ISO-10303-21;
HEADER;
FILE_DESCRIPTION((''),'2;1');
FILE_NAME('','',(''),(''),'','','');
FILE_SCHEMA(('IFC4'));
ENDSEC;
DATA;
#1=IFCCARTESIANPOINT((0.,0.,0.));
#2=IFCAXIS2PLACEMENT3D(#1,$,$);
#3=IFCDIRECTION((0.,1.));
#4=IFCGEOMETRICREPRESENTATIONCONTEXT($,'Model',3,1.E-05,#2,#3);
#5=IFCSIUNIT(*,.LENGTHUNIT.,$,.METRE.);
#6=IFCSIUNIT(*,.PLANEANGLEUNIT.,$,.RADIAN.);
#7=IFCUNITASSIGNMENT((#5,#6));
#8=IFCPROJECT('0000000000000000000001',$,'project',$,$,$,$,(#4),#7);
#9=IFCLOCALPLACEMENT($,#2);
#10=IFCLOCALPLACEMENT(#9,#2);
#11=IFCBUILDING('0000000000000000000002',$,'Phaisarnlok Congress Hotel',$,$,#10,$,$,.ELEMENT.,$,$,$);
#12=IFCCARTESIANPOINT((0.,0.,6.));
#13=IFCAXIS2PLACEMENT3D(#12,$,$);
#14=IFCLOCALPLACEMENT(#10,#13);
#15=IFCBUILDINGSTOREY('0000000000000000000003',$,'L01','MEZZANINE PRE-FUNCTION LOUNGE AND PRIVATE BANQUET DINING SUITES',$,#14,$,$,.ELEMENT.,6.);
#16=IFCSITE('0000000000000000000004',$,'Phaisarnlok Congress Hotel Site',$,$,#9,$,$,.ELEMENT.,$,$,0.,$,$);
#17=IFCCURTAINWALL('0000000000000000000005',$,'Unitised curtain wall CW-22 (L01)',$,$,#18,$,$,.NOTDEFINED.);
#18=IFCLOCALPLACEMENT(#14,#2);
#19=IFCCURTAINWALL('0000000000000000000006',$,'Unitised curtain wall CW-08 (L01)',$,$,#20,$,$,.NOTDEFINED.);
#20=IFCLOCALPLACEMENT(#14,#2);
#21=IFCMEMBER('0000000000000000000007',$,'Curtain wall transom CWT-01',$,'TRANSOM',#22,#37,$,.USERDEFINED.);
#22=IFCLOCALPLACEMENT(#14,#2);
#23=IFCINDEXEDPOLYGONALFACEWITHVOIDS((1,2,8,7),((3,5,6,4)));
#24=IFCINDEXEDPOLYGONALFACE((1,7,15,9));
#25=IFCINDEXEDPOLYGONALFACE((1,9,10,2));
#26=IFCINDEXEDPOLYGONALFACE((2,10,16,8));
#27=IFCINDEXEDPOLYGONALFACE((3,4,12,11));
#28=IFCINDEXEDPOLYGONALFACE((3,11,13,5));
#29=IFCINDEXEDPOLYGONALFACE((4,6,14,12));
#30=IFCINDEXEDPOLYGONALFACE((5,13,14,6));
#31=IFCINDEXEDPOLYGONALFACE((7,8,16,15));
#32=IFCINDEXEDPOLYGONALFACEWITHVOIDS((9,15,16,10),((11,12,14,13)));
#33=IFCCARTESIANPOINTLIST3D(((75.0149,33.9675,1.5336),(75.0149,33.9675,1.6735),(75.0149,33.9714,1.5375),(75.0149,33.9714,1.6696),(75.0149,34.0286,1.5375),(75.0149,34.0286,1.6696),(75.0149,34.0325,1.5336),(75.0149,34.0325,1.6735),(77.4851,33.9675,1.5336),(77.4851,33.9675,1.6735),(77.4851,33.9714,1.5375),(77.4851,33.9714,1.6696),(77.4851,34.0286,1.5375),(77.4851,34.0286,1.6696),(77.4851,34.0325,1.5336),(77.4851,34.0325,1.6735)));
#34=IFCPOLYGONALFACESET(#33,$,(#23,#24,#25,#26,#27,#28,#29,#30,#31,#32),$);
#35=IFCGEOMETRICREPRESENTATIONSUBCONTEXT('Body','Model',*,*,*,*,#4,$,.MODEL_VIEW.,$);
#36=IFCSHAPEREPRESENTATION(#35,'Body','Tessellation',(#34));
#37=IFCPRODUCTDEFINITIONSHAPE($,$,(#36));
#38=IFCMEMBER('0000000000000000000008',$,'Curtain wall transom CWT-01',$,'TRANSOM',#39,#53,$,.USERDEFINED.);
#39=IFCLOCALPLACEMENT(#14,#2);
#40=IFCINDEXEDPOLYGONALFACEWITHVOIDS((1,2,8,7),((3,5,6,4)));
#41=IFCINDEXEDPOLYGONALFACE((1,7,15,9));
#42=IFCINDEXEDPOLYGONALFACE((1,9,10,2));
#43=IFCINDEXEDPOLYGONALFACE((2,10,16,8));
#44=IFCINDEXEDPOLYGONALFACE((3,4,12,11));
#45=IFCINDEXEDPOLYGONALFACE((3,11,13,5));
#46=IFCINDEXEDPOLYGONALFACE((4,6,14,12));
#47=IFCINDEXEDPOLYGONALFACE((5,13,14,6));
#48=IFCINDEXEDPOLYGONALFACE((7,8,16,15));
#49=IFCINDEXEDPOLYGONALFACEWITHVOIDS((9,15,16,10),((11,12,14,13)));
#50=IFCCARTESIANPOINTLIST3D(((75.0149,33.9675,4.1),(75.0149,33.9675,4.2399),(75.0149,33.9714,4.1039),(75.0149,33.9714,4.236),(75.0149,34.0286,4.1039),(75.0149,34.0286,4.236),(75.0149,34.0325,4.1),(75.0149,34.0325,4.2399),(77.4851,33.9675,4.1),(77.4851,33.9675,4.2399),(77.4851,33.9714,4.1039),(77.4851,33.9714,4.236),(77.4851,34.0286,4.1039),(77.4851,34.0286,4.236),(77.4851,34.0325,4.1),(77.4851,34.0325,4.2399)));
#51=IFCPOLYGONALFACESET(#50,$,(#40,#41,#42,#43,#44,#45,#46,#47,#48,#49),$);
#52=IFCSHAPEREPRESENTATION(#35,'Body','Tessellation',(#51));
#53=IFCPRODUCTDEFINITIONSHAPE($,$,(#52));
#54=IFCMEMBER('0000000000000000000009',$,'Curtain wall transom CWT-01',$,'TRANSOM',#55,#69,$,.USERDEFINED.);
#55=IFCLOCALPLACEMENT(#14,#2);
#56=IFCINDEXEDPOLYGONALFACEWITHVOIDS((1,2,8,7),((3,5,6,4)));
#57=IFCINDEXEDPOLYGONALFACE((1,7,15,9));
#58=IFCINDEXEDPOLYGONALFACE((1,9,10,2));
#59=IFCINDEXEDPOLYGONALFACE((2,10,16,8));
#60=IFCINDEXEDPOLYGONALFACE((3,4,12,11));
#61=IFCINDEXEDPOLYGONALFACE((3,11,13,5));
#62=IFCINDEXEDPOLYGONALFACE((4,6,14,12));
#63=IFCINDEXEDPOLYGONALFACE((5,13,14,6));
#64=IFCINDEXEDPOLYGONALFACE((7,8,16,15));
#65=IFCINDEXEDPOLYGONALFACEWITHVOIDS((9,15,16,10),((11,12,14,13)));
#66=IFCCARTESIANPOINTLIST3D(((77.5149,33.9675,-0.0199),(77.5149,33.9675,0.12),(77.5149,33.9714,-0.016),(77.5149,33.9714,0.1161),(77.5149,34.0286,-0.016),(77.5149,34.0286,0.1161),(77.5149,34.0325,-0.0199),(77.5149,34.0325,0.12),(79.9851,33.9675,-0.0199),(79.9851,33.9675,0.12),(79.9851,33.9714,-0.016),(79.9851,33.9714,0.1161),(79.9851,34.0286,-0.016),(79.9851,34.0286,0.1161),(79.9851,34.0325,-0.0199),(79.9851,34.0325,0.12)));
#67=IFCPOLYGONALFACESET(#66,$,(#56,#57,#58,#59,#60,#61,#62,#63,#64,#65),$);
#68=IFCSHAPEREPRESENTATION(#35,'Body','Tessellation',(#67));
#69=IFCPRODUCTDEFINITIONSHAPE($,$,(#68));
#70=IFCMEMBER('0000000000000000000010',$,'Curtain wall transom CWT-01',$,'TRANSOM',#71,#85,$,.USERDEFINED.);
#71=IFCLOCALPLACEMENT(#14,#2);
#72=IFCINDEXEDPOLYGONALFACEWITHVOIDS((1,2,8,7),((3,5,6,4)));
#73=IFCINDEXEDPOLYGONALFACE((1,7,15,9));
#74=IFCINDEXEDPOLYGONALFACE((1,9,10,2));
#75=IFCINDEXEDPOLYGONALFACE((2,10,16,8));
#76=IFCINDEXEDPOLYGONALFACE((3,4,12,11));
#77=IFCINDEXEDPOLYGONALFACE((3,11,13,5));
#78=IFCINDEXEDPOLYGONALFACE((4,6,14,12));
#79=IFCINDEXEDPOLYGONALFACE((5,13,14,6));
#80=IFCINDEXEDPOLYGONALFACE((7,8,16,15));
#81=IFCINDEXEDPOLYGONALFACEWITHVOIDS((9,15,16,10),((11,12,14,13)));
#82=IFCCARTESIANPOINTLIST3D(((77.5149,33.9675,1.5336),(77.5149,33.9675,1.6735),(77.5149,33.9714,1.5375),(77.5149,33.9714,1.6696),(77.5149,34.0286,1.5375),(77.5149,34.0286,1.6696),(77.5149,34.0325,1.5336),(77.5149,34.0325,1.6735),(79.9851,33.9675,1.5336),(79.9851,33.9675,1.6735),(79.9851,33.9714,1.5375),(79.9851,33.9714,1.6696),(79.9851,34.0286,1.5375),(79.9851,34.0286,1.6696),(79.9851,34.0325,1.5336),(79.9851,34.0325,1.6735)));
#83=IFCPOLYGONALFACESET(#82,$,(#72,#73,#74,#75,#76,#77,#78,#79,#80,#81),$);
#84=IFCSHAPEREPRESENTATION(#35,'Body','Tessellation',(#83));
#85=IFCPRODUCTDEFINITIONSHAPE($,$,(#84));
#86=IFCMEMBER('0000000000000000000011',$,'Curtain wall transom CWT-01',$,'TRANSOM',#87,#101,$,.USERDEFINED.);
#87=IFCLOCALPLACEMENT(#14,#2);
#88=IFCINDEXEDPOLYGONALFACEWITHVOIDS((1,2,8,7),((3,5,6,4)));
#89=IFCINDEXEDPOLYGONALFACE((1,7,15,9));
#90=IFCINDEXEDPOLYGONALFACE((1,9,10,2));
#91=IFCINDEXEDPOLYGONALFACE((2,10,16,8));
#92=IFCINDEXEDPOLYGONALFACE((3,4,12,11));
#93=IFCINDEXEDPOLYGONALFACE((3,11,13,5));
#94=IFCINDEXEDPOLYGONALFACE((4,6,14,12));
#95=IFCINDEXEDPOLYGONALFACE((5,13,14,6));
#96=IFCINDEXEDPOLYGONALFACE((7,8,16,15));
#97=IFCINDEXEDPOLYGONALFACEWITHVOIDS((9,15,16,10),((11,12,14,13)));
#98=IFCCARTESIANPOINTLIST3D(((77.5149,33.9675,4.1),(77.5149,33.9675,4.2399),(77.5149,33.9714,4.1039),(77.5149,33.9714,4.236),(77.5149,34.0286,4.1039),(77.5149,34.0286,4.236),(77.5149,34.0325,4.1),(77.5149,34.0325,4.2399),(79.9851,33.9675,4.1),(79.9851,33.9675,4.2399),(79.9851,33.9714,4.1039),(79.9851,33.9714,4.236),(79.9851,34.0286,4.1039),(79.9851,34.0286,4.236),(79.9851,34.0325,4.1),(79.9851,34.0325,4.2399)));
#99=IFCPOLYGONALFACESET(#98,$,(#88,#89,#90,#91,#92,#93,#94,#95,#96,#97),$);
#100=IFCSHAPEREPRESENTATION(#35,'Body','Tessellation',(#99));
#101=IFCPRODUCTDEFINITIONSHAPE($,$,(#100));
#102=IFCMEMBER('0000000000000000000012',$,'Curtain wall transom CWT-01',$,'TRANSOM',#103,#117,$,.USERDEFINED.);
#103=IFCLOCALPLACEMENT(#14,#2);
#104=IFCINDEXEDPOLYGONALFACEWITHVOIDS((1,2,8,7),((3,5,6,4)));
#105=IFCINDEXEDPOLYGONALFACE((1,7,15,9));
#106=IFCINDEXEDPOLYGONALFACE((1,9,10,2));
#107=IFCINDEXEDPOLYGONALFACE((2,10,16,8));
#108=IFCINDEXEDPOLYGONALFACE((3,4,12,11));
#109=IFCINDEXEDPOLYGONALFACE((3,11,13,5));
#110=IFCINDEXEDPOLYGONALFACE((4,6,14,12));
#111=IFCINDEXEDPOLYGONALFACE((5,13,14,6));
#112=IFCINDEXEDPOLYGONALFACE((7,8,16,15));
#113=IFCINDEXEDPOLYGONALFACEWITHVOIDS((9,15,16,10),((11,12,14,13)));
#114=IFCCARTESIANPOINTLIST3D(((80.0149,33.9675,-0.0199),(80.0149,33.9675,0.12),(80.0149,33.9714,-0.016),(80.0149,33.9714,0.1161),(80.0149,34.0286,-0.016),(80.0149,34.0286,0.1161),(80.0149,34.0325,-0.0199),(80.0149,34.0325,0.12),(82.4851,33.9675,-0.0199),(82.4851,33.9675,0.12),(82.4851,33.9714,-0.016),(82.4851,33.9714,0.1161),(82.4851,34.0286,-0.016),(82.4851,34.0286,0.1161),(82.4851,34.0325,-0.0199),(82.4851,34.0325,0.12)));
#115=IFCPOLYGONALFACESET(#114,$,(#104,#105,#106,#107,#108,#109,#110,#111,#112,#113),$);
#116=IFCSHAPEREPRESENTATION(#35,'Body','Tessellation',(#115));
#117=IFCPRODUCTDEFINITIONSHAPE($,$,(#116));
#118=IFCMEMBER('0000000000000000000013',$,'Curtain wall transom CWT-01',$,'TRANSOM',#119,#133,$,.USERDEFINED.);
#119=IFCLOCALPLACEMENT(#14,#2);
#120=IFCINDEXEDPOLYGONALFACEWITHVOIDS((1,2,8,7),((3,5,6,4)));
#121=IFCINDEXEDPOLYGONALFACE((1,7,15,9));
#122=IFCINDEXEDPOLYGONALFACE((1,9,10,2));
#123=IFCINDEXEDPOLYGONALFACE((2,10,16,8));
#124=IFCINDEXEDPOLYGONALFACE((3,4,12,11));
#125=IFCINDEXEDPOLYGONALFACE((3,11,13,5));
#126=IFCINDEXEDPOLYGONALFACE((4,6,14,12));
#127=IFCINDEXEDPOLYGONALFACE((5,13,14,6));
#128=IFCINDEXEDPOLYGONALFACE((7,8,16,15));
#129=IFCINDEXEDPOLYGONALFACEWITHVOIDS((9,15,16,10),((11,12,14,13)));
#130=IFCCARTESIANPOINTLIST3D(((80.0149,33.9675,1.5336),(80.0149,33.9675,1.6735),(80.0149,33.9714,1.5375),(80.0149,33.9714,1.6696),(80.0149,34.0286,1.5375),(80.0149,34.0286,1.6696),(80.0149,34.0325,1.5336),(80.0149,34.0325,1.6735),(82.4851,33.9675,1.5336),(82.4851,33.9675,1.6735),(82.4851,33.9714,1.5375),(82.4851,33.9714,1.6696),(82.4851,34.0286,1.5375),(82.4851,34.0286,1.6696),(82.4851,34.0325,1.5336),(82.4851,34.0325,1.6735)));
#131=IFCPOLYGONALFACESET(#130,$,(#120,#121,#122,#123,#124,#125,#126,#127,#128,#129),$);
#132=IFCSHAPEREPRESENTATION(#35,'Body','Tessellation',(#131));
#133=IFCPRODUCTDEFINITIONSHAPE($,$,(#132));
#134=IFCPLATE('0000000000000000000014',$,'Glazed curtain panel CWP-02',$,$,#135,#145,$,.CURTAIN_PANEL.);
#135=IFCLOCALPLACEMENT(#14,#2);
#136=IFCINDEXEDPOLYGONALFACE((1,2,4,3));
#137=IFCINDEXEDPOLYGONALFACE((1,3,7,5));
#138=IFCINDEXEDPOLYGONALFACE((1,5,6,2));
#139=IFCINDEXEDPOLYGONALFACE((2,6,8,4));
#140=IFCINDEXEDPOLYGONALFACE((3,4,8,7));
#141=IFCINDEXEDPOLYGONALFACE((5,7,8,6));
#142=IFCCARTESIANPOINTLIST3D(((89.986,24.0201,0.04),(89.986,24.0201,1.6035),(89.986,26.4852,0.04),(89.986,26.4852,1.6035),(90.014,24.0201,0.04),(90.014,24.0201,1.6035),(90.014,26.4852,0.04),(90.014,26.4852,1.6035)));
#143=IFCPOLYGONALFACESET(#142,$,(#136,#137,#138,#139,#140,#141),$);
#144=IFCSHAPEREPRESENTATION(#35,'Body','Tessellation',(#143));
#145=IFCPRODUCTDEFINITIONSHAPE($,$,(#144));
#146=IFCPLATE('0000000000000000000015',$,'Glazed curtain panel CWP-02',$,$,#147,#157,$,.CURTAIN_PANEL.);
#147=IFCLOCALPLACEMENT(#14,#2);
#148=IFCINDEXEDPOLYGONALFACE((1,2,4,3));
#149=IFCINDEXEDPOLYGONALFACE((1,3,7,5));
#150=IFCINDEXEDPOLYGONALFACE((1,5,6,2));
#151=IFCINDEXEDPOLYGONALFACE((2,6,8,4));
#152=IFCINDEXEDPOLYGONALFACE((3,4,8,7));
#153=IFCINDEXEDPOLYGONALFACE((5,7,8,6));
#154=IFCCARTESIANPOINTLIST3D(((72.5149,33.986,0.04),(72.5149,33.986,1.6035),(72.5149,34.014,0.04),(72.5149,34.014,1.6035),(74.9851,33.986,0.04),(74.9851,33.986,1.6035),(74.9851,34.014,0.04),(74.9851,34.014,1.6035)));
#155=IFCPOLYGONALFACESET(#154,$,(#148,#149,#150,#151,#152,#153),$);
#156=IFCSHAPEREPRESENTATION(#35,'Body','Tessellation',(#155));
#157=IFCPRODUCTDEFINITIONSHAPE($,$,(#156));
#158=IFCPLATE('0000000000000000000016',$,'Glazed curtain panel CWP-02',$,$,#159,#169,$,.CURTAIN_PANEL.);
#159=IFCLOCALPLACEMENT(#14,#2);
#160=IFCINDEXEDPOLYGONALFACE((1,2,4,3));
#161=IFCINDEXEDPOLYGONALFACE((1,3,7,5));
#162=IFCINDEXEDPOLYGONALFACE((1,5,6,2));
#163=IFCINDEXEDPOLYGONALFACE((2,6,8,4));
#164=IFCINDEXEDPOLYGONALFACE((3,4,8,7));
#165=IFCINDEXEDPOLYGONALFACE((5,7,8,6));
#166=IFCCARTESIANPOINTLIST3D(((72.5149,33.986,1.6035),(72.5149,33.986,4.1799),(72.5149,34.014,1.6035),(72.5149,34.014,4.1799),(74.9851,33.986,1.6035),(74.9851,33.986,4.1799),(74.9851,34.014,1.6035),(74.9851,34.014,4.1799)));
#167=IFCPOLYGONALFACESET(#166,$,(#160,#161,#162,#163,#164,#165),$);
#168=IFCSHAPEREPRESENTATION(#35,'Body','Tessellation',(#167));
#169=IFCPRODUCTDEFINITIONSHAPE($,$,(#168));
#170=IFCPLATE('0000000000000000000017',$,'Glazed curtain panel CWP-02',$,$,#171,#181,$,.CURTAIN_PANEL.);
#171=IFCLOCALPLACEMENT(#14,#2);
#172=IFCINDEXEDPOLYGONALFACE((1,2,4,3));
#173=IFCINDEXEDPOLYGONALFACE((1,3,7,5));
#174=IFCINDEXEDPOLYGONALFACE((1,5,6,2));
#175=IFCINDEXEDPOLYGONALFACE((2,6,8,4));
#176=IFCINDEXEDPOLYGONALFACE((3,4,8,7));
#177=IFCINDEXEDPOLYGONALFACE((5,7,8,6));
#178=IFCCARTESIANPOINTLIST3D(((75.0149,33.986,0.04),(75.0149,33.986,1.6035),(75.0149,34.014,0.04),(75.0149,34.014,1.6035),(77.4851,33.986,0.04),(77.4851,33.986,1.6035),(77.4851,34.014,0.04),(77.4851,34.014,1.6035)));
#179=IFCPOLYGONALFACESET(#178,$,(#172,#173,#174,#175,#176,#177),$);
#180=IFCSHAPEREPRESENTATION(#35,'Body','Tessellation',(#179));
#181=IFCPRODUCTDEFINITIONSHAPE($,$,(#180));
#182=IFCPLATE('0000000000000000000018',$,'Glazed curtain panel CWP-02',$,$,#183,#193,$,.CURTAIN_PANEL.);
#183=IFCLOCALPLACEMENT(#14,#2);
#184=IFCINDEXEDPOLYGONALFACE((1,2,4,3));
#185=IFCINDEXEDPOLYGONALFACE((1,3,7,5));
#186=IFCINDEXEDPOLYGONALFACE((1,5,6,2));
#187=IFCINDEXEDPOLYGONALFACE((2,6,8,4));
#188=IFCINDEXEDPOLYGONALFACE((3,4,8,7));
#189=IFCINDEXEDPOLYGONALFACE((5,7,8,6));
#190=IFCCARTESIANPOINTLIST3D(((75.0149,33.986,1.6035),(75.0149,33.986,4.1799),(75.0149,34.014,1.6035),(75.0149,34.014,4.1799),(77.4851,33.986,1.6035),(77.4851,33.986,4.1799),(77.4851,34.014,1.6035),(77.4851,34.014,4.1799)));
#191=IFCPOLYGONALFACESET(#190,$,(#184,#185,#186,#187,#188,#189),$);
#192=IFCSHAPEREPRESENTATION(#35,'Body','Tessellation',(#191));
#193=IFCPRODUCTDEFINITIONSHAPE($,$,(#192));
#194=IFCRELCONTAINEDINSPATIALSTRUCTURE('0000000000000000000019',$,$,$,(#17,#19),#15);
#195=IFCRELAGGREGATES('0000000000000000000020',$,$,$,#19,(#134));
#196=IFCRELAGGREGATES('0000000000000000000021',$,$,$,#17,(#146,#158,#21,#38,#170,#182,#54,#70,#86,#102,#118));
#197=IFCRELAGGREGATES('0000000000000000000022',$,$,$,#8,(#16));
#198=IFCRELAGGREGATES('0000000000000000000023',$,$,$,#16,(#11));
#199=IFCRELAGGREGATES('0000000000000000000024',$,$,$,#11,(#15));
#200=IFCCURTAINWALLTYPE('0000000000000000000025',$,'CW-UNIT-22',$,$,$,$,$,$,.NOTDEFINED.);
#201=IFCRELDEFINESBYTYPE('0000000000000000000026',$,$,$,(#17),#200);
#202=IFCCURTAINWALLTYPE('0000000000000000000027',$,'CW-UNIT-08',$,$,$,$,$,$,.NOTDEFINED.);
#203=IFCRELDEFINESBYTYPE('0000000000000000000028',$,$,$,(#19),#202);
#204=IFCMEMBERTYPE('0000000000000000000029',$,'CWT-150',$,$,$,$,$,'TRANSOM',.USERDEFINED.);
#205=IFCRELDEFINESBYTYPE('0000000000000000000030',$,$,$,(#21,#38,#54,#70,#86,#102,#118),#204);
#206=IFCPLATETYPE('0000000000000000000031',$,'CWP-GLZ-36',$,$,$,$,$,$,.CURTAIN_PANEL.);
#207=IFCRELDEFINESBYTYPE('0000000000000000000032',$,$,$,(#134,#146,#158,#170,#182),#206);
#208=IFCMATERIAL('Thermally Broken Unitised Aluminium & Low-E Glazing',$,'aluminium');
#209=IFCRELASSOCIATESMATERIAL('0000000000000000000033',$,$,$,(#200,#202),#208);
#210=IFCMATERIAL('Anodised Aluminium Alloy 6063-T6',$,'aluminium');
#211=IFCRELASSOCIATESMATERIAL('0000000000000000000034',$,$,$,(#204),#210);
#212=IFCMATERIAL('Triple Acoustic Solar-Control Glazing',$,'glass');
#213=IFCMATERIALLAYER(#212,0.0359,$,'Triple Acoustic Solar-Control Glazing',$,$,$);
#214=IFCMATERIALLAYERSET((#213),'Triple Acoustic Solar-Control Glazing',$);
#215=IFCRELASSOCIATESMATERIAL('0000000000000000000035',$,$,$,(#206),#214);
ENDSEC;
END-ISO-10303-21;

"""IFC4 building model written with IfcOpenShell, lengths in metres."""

from ifc_helpers import new_model, si_unit, direction, frame, frame_2d, origin, origin_2d, place, context, subcontext, project, spatial, rectangle, hollow_rectangle, extrude, material, layer, layer_set, material_profile, profile_set, type_object, element, aggregate, save


model = new_model("IFC4")

# Units and contexts
model_context = context("Model", 3, precision=1e-05, world=origin(), true_north=direction((0.0, 1.0)))
body_context = subcontext(model_context, "Body", "Model", "MODEL_VIEW")
ifc_project = project(units=[si_unit("LENGTHUNIT", "METRE"), si_unit("PLANEANGLEUNIT", "RADIAN")], contexts=[model_context])

# Site, building, storey
site_placement = place(None, origin())
site = spatial("IfcSite", under=ifc_project, at=site_placement, Name="Phaisarnlok Congress Hotel Site", CompositionType="ELEMENT", RefElevation=0.0)
building_placement = place(site_placement, origin())
building = spatial("IfcBuilding", under=site, at=building_placement, Name="Phaisarnlok Congress Hotel", CompositionType="ELEMENT")
storey_placement = place(building_placement, frame((0.0, 0.0, 6.0)))
storey = spatial("IfcBuildingStorey", under=building, at=storey_placement, Name="L01", Description="MEZZANINE PRE-FUNCTION LOUNGE AND PRIVATE BANQUET DINING SUITES", CompositionType="ELEMENT", Elevation=6.0)

# Curtain walls
ifc_material_1 = material(Name="Thermally Broken Unitised Aluminium & Low-E Glazing", Category="aluminium")
curtain_wall_type_1 = type_object("IfcCurtainWallType", Name="CW-UNIT-22", PredefinedType="NOTDEFINED", material=ifc_material_1)
curtain_wall_1_placement = place(storey_placement, origin())
curtain_wall_1 = element("IfcCurtainWall", 1, at=curtain_wall_1_placement, inside=storey, type_object=curtain_wall_type_1, Name="Unitised curtain wall CW-22 (L01)", PredefinedType="NOTDEFINED")
ifc_material_2 = material(Name="Anodised Aluminium Alloy 6063-T6", Category="aluminium")
curtain_wall_type_2 = type_object("IfcCurtainWallType", Name="CW-UNIT-08", PredefinedType="NOTDEFINED", material=ifc_material_1)
curtain_wall_2_placement = place(storey_placement, origin())
curtain_wall_2 = element("IfcCurtainWall", 2, at=curtain_wall_2_placement, inside=storey, type_object=curtain_wall_type_2, Name="Unitised curtain wall CW-08 (L01)", PredefinedType="NOTDEFINED")
ifc_material_profile_1 = material_profile(ifc_material_2, hollow_rectangle(XDim=0.0649, YDim=0.1399, WallThickness=0.0039, at=origin_2d()), Name="ALU-T 65x140x4")
ifc_profile_set_1 = profile_set([ifc_material_profile_1], Name="Anodised Aluminium Alloy 6063-T6")
member_type_1 = type_object("IfcMemberType", Name="CWT-150", ElementType="TRANSOM", PredefinedType="USERDEFINED", material=ifc_profile_set_1)

# Members
member_1_placement = place(storey_placement, frame((75.0149, 34.0, 1.6035), z_axis=(1.0, 0.0, 0.0), x_axis=(0.0, 1.0, 0.0)))
member_1 = element("IfcMember", 3, at=member_1_placement, type_object=member_type_1, Name="Curtain wall transom CWT-01", ObjectType="TRANSOM", PredefinedType="USERDEFINED", context=body_context, shape_type="SweptSolid", body=[
    extrude(hollow_rectangle(XDim=0.0649, YDim=0.1399, WallThickness=0.0039, at=origin_2d()), origin(), (0.0, 0.0, 1.0), 2.4702),
])
member_2_placement = place(storey_placement, frame((75.0149, 34.0, 4.1699), z_axis=(1.0, 0.0, 0.0), x_axis=(0.0, 1.0, 0.0)))
member_2 = element("IfcMember", 4, at=member_2_placement, type_object=member_type_1, Name="Curtain wall transom CWT-01", ObjectType="TRANSOM", PredefinedType="USERDEFINED", context=body_context, shape_type="SweptSolid", body=[
    extrude(hollow_rectangle(XDim=0.0649, YDim=0.1399, WallThickness=0.0039, at=origin_2d()), origin(), (0.0, 0.0, 1.0), 2.4702),
])
member_3_placement = place(storey_placement, frame((77.5149, 34.0, 0.05), z_axis=(1.0, 0.0, 0.0), x_axis=(0.0, 1.0, 0.0)))
member_3 = element("IfcMember", 5, at=member_3_placement, type_object=member_type_1, Name="Curtain wall transom CWT-01", ObjectType="TRANSOM", PredefinedType="USERDEFINED", context=body_context, shape_type="SweptSolid", body=[
    extrude(hollow_rectangle(XDim=0.0649, YDim=0.1399, WallThickness=0.0039, at=origin_2d()), origin(), (0.0, 0.0, 1.0), 2.4702),
])
member_4_placement = place(storey_placement, frame((77.5149, 34.0, 1.6035), z_axis=(1.0, 0.0, 0.0), x_axis=(0.0, 1.0, 0.0)))
member_4 = element("IfcMember", 6, at=member_4_placement, type_object=member_type_1, Name="Curtain wall transom CWT-01", ObjectType="TRANSOM", PredefinedType="USERDEFINED", context=body_context, shape_type="SweptSolid", body=[
    extrude(hollow_rectangle(XDim=0.0649, YDim=0.1399, WallThickness=0.0039, at=origin_2d()), origin(), (0.0, 0.0, 1.0), 2.4702),
])
member_5_placement = place(storey_placement, frame((77.5149, 34.0, 4.1699), z_axis=(1.0, 0.0, 0.0), x_axis=(0.0, 1.0, 0.0)))
member_5 = element("IfcMember", 7, at=member_5_placement, type_object=member_type_1, Name="Curtain wall transom CWT-01", ObjectType="TRANSOM", PredefinedType="USERDEFINED", context=body_context, shape_type="SweptSolid", body=[
    extrude(hollow_rectangle(XDim=0.0649, YDim=0.1399, WallThickness=0.0039, at=origin_2d()), origin(), (0.0, 0.0, 1.0), 2.4702),
])
member_6_placement = place(storey_placement, frame((80.0149, 34.0, 0.05), z_axis=(1.0, 0.0, 0.0), x_axis=(0.0, 1.0, 0.0)))
member_6 = element("IfcMember", 8, at=member_6_placement, type_object=member_type_1, Name="Curtain wall transom CWT-01", ObjectType="TRANSOM", PredefinedType="USERDEFINED", context=body_context, shape_type="SweptSolid", body=[
    extrude(hollow_rectangle(XDim=0.0649, YDim=0.1399, WallThickness=0.0039, at=origin_2d()), origin(), (0.0, 0.0, 1.0), 2.4702),
])
member_7_placement = place(storey_placement, frame((80.0149, 34.0, 1.6035), z_axis=(1.0, 0.0, 0.0), x_axis=(0.0, 1.0, 0.0)))
member_7 = element("IfcMember", 9, at=member_7_placement, type_object=member_type_1, Name="Curtain wall transom CWT-01", ObjectType="TRANSOM", PredefinedType="USERDEFINED", context=body_context, shape_type="SweptSolid", body=[
    extrude(hollow_rectangle(XDim=0.0649, YDim=0.1399, WallThickness=0.0039, at=origin_2d()), origin(), (0.0, 0.0, 1.0), 2.4702),
])

# Plates
ifc_material_3 = material(Name="Triple Acoustic Solar-Control Glazing", Category="glass")
ifc_layer = layer(ifc_material_3, 0.0359, Name="Triple Acoustic Solar-Control Glazing")
ifc_layer_set = layer_set([ifc_layer], Name="Triple Acoustic Solar-Control Glazing")
plate_type = type_object("IfcPlateType", Name="CWP-GLZ-36", PredefinedType="CURTAIN_PANEL", material=ifc_layer_set)
plate_1_placement = place(storey_placement, frame((90.0, 26.4851, 0.04), z_axis=(0.0, 0.0, 1.0), x_axis=(0.0, -1.0, 0.0)))
plate_1 = element("IfcPlate", 10, at=plate_1_placement, type_object=plate_type, Name="Glazed curtain panel CWP-02", PredefinedType="CURTAIN_PANEL", context=body_context, shape_type="SweptSolid", body=[
    extrude(rectangle(XDim=2.4651, YDim=0.0281, at=frame_2d((1.2324, 0.0))), origin(), (0.0, 0.0, 1.0), 1.5635),
])
aggregate(curtain_wall_2, [plate_1])
plate_2_placement = place(storey_placement, frame((72.5149, 34.0, 0.04), z_axis=(0.0, 0.0, 1.0), x_axis=(1.0, 0.0, 0.0)))
plate_2 = element("IfcPlate", 11, at=plate_2_placement, type_object=plate_type, Name="Glazed curtain panel CWP-02", PredefinedType="CURTAIN_PANEL", context=body_context, shape_type="SweptSolid", body=[
    extrude(rectangle(XDim=2.4702, YDim=0.0281, at=frame_2d((1.2351, 0.0))), origin(), (0.0, 0.0, 1.0), 1.5635),
])
plate_3_placement = place(storey_placement, frame((72.5149, 34.0, 1.6035), z_axis=(0.0, 0.0, 1.0), x_axis=(1.0, 0.0, 0.0)))
plate_3 = element("IfcPlate", 12, at=plate_3_placement, type_object=plate_type, Name="Glazed curtain panel CWP-02", PredefinedType="CURTAIN_PANEL", context=body_context, shape_type="SweptSolid", body=[
    extrude(rectangle(XDim=2.4702, YDim=0.0281, at=frame_2d((1.2351, 0.0))), origin(), (0.0, 0.0, 1.0), 2.5764),
])
plate_4_placement = place(storey_placement, frame((75.0149, 34.0, 0.04), z_axis=(0.0, 0.0, 1.0), x_axis=(1.0, 0.0, 0.0)))
plate_4 = element("IfcPlate", 13, at=plate_4_placement, type_object=plate_type, Name="Glazed curtain panel CWP-02", PredefinedType="CURTAIN_PANEL", context=body_context, shape_type="SweptSolid", body=[
    extrude(rectangle(XDim=2.4702, YDim=0.0281, at=frame_2d((1.2351, 0.0))), origin(), (0.0, 0.0, 1.0), 1.5635),
])
plate_5_placement = place(storey_placement, frame((75.0149, 34.0, 1.6035), z_axis=(0.0, 0.0, 1.0), x_axis=(1.0, 0.0, 0.0)))
plate_5 = element("IfcPlate", 14, at=plate_5_placement, type_object=plate_type, Name="Glazed curtain panel CWP-02", PredefinedType="CURTAIN_PANEL", context=body_context, shape_type="SweptSolid", body=[
    extrude(rectangle(XDim=2.4702, YDim=0.0281, at=frame_2d((1.2351, 0.0))), origin(), (0.0, 0.0, 1.0), 2.5764),
])
aggregate(curtain_wall_1, [plate_2, plate_3, member_1, member_2, plate_4, plate_5, member_3, member_4, member_5, member_6, member_7])

save(model, "model.ifc")
